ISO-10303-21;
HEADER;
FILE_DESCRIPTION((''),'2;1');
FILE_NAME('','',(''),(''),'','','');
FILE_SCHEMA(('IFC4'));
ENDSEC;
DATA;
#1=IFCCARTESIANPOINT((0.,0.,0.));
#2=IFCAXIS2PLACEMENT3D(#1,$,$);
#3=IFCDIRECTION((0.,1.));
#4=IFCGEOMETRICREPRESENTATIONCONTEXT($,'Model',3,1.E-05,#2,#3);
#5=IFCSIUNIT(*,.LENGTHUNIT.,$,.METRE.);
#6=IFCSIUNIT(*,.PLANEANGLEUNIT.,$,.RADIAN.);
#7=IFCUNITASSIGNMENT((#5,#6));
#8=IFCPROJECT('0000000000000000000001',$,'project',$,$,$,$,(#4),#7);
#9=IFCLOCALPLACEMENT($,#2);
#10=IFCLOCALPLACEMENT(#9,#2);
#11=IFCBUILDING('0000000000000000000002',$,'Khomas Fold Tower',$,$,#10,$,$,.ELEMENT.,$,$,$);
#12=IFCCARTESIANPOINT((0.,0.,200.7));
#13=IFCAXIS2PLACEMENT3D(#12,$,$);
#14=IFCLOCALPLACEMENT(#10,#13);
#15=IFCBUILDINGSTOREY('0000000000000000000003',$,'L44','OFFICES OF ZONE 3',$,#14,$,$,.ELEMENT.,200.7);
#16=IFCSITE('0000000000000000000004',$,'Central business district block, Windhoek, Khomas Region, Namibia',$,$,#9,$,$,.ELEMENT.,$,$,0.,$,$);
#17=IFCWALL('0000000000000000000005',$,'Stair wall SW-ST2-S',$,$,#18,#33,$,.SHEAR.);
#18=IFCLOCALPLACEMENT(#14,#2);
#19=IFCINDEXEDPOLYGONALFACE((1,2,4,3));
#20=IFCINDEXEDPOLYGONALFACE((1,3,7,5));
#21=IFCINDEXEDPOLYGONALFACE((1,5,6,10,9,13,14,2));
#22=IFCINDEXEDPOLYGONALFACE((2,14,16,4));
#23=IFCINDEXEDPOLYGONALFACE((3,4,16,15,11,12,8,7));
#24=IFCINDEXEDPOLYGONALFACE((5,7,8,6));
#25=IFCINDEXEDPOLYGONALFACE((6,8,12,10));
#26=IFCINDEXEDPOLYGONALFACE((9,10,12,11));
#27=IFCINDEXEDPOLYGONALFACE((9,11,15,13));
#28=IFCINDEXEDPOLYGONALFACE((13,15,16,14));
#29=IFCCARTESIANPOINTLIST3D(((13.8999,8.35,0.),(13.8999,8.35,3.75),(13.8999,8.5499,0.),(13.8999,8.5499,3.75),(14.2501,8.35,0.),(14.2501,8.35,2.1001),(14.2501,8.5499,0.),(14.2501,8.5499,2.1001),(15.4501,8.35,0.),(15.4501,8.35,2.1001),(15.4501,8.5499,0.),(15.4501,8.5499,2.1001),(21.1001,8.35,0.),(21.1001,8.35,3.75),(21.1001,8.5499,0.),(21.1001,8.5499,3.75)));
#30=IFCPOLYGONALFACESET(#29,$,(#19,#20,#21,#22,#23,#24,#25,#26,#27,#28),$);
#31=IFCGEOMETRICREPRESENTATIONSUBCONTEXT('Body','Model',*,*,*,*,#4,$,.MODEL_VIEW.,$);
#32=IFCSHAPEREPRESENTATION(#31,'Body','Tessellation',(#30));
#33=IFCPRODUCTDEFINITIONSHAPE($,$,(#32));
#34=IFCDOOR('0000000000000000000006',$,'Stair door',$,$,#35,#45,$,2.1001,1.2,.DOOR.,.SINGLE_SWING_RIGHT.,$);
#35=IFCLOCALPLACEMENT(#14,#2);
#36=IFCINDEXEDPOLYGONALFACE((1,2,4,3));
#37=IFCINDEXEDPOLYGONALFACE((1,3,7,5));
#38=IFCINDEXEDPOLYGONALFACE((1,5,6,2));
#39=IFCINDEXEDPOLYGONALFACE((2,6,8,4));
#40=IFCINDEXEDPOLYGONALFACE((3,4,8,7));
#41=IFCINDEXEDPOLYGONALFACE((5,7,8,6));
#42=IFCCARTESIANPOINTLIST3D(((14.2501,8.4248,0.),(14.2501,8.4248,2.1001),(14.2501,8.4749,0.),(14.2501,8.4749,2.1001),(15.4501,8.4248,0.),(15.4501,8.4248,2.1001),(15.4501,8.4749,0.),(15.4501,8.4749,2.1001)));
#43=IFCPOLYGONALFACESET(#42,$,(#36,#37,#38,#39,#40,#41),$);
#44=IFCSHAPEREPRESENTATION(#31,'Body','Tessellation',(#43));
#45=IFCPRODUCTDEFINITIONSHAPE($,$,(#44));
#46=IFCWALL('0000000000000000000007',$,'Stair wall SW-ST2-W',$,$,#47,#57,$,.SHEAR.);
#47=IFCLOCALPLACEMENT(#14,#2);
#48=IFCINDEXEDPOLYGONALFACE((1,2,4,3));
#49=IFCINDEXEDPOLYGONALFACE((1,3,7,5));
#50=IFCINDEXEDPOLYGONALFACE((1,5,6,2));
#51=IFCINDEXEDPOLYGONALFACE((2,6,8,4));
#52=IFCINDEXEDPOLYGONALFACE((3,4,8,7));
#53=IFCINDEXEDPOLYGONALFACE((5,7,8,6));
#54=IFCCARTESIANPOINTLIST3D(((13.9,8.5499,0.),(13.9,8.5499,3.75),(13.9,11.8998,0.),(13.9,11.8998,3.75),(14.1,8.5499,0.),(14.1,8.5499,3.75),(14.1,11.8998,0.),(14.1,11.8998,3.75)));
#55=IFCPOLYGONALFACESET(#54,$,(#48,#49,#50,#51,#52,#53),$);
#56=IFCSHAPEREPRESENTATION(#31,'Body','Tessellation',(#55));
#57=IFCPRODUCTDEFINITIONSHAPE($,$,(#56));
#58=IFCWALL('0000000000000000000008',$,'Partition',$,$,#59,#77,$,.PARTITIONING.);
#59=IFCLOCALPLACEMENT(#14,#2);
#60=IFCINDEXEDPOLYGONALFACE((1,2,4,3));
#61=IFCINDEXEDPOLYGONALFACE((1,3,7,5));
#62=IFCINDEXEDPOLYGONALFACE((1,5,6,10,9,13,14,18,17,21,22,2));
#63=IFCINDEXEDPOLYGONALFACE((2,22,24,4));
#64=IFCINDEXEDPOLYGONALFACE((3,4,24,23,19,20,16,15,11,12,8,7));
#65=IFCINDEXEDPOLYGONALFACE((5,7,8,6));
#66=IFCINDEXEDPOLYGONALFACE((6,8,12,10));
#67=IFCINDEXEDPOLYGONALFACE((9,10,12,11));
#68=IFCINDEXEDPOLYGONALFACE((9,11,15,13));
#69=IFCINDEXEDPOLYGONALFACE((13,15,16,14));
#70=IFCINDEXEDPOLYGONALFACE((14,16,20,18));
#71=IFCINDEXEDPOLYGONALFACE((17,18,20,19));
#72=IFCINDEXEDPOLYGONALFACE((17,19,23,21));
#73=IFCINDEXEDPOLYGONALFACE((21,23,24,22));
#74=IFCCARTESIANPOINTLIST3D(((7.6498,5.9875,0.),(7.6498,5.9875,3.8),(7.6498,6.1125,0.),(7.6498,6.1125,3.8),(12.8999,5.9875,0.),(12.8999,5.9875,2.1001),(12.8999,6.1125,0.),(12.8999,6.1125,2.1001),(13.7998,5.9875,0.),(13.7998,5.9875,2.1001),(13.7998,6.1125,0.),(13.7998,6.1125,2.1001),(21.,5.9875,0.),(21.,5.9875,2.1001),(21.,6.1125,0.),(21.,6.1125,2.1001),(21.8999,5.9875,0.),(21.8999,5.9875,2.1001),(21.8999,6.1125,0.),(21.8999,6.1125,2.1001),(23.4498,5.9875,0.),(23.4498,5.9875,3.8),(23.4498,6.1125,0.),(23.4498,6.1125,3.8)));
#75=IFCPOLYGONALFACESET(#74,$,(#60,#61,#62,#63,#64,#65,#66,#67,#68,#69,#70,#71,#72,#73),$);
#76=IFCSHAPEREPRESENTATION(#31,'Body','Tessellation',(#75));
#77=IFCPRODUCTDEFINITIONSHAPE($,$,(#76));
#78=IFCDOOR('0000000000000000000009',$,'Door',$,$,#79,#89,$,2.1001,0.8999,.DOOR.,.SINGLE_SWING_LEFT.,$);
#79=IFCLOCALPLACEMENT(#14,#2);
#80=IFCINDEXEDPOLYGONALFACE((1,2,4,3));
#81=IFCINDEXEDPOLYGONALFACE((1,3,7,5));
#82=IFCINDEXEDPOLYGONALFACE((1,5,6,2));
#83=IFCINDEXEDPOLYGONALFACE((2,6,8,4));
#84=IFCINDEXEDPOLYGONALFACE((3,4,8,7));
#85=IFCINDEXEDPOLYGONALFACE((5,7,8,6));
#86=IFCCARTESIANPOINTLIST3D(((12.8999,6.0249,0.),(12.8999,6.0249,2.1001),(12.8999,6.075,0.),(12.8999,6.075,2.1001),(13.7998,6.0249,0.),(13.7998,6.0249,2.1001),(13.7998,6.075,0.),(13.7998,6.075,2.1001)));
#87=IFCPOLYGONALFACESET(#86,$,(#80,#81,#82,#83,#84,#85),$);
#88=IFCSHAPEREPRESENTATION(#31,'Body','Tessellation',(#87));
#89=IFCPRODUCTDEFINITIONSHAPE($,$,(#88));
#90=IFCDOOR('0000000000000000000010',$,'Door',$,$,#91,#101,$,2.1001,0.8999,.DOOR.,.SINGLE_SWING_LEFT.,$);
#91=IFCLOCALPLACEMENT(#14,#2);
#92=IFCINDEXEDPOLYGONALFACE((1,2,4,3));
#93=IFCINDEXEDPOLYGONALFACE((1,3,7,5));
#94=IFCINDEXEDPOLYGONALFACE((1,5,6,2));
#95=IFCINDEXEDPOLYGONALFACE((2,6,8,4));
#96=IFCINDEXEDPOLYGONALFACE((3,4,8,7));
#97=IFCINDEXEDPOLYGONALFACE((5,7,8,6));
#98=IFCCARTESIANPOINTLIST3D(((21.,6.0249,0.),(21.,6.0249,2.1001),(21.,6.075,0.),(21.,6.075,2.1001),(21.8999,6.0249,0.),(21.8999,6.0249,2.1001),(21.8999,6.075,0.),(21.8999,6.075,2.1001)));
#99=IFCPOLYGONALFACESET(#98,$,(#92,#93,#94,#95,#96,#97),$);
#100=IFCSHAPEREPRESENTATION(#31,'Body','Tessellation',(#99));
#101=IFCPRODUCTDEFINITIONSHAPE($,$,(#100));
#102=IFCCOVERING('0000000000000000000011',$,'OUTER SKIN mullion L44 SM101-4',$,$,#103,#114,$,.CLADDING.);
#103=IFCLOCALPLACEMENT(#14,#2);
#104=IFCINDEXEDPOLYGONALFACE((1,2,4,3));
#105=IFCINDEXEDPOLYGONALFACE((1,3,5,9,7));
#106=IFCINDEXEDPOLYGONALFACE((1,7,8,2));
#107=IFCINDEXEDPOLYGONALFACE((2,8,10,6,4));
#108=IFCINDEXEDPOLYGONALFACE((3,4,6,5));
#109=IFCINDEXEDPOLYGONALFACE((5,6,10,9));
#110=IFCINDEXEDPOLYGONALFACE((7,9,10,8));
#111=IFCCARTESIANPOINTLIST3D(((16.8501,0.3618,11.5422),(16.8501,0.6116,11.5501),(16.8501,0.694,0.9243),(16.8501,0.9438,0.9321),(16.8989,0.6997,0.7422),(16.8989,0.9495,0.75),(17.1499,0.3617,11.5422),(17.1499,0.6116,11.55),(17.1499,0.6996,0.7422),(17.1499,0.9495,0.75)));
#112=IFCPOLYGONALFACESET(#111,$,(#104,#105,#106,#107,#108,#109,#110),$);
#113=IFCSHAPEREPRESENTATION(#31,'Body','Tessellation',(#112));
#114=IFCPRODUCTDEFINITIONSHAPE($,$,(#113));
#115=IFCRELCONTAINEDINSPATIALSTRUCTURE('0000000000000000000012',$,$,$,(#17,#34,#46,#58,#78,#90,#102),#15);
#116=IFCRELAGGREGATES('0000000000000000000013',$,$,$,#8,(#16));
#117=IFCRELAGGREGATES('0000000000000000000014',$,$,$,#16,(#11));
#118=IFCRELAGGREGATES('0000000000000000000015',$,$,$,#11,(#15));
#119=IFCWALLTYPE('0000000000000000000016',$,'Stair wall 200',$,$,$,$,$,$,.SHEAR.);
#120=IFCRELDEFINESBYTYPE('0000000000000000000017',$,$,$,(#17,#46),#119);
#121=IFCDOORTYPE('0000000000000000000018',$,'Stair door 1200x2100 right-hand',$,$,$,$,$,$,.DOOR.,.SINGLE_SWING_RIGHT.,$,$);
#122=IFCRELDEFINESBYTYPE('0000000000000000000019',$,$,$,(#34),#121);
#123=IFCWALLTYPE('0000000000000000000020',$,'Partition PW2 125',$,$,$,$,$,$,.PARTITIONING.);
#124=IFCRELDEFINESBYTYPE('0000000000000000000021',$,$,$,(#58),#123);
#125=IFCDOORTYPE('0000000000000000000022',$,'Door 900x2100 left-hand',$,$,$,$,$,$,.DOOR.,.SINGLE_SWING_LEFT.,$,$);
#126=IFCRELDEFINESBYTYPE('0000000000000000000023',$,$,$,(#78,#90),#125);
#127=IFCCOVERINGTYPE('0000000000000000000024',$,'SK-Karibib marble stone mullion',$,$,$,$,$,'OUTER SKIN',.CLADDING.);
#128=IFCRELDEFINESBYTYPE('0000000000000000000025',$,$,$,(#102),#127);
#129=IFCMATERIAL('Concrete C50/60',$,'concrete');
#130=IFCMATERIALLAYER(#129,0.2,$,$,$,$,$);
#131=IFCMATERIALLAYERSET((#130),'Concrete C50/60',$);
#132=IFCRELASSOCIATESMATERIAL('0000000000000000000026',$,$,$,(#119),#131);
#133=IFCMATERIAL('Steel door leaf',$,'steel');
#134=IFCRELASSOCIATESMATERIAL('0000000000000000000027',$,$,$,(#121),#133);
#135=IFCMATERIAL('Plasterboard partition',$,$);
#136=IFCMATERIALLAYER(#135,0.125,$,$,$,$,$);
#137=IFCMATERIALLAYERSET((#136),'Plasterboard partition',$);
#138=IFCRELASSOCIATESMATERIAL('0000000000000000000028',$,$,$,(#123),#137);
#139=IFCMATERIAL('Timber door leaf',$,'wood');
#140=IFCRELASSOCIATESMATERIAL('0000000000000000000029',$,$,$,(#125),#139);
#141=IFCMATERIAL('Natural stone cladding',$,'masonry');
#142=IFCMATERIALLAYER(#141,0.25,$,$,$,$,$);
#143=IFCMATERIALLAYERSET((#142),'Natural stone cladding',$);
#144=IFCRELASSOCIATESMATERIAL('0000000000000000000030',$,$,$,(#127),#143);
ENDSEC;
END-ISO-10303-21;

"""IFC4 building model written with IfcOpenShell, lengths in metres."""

from ifc_helpers import new_model, si_unit, direction, frame, frame_2d, origin, place, context, subcontext, project, spatial, polyline, rectangle, outline, extrude, source, transform, mapped, material, layer, layer_set, type_object, element, fill, save


model = new_model("IFC4")

# Units and contexts
model_context = context("Model", 3, precision=1e-05, world=origin(), true_north=direction((0.0, 1.0)))
body_context = subcontext(model_context, "Body", "Model", "MODEL_VIEW")
ifc_project = project(units=[si_unit("LENGTHUNIT", "METRE"), si_unit("PLANEANGLEUNIT", "RADIAN")], contexts=[model_context])

# Site, building, storey
site_placement = place(None, origin())
site = spatial("IfcSite", under=ifc_project, at=site_placement, Name="Central business district block, Windhoek, Khomas Region, Namibia", CompositionType="ELEMENT", RefElevation=0.0)
building_placement = place(site_placement, origin())
building = spatial("IfcBuilding", under=site, at=building_placement, Name="Khomas Fold Tower", CompositionType="ELEMENT")
storey_placement = place(building_placement, frame((0.0, 0.0, 200.7)))
storey = spatial("IfcBuildingStorey", under=building, at=storey_placement, Name="L44", Description="OFFICES OF ZONE 3", CompositionType="ELEMENT", Elevation=200.7)

# Wall, opening, door
ifc_material_1 = material(Name="Concrete C50/60", Category="concrete")
ifc_layer_1 = layer(ifc_material_1, 0.2)
ifc_layer_set_1 = layer_set([ifc_layer_1], Name="Concrete C50/60")
wall_type_1 = type_object("IfcWallType", Name="Stair wall 200", PredefinedType="SHEAR", material=ifc_layer_set_1)
shared_shape_1 = source(origin(), body_context, "Body", "SweptSolid", [
    extrude(rectangle(XDim=7.2002, YDim=0.2, at=frame_2d((3.6001, 0.0))), origin(), (0.0, 0.0, 1.0), 3.75),
])
wall_1_placement = place(storey_placement, frame((13.8999, 8.45, 0.0), z_axis=(0.0, 0.0, 1.0), x_axis=(1.0, 0.0, 0.0)))
wall_1 = element("IfcWall", 1, at=wall_1_placement, inside=storey, type_object=wall_type_1, Name="Stair wall SW-ST2-S", PredefinedType="SHEAR", context=body_context, shape_type="MappedRepresentation", body=[
    mapped(shared_shape_1, transform((0.0, 0.0, 0.0))),
])
shared_shape_2 = source(origin(), body_context, "Body", "SweptSolid", [
    extrude(rectangle(XDim=1.2, YDim=2.1001, at=frame_2d((0.6001, 1.05))), frame((0.0, 0.1099, 0.0), z_axis=(0.0, -1.0, 0.0), x_axis=(1.0, 0.0, 0.0)), (0.0, 0.0, 1.0), 0.22),
])
opening_1_placement = place(wall_1_placement, frame((0.3501, 0.0, 0.0)))
opening_1 = element("IfcOpeningElement", 2, at=opening_1_placement, cuts=wall_1, PredefinedType="OPENING", context=body_context, shape_type="MappedRepresentation", body=[
    mapped(shared_shape_2, transform((0.0, 0.0, 0.0))),
])
ifc_material_2 = material(Name="Steel door leaf", Category="steel")
door_type_1 = type_object("IfcDoorType", Name="Stair door 1200x2100 right-hand", OperationType="SINGLE_SWING_RIGHT", PredefinedType="DOOR", material=ifc_material_2)
shared_shape_3 = source(origin(), body_context, "Body", "SweptSolid", [
    extrude(rectangle(XDim=1.2, YDim=2.1001, at=frame_2d((0.6001, 1.05))), frame((0.0, 0.0249, 0.0), z_axis=(0.0, -1.0, 0.0), x_axis=(1.0, 0.0, 0.0)), (0.0, 0.0, 1.0), 0.05),
])
door_1_placement = place(opening_1_placement, origin())
door_1 = element("IfcDoor", 3, at=door_1_placement, inside=storey, type_object=door_type_1, Name="Stair door", OperationType="SINGLE_SWING_RIGHT", OverallHeight=2.1001, OverallWidth=1.2, PredefinedType="DOOR", context=body_context, shape_type="MappedRepresentation", body=[
    mapped(shared_shape_3, transform((0.0, 0.0, 0.0))),
])
fill(opening_1, door_1)

# Wall
shared_shape_4 = source(origin(), body_context, "Body", "SweptSolid", [
    extrude(rectangle(XDim=3.3499, YDim=0.2, at=frame_2d((1.6748, 0.0))), origin(), (0.0, 0.0, 1.0), 3.75),
])
wall_2_placement = place(storey_placement, frame((14.0, 8.55, 0.0), z_axis=(0.0, 0.0, 1.0), x_axis=(0.0, 1.0, 0.0)))
element("IfcWall", 4, at=wall_2_placement, inside=storey, type_object=wall_type_1, Name="Stair wall SW-ST2-W", PredefinedType="SHEAR", context=body_context, shape_type="MappedRepresentation", body=[
    mapped(shared_shape_4, transform((0.0, 0.0, 0.0))),
])

# Wall, openings, doors
ifc_material_3 = material(Name="Plasterboard partition")
ifc_layer_2 = layer(ifc_material_3, 0.125)
ifc_layer_set_2 = layer_set([ifc_layer_2], Name="Plasterboard partition")
wall_type_2 = type_object("IfcWallType", Name="Partition PW2 125", PredefinedType="PARTITIONING", material=ifc_layer_set_2)
shared_shape_5 = source(origin(), body_context, "Body", "SweptSolid", [
    extrude(rectangle(XDim=15.8, YDim=0.125, at=frame_2d((7.8999, 0.0))), origin(), (0.0, 0.0, 1.0), 3.8),
])
wall_3_placement = place(storey_placement, frame((7.6499, 6.05, 0.0), z_axis=(0.0, 0.0, 1.0), x_axis=(1.0, 0.0, 0.0)))
wall_3 = element("IfcWall", 5, at=wall_3_placement, inside=storey, type_object=wall_type_2, Name="Partition", PredefinedType="PARTITIONING", context=body_context, shape_type="MappedRepresentation", body=[
    mapped(shared_shape_5, transform((0.0, 0.0, 0.0))),
])
shared_shape_6 = source(origin(), body_context, "Body", "SweptSolid", [
    extrude(rectangle(XDim=0.8999, YDim=2.1001, at=frame_2d((0.45, 1.05))), frame((0.0, 0.0725, 0.0), z_axis=(0.0, -1.0, 0.0), x_axis=(1.0, 0.0, 0.0)), (0.0, 0.0, 1.0), 0.145),
])
opening_2_placement = place(wall_3_placement, frame((5.25, 0.0, 0.0)))
opening_2 = element("IfcOpeningElement", 6, at=opening_2_placement, cuts=wall_3, PredefinedType="OPENING", context=body_context, shape_type="MappedRepresentation", body=[
    mapped(shared_shape_6, transform((0.0, 0.0, 0.0))),
])
opening_3_placement = place(wall_3_placement, frame((13.3501, 0.0, 0.0)))
opening_3 = element("IfcOpeningElement", 7, at=opening_3_placement, cuts=wall_3, PredefinedType="OPENING", context=body_context, shape_type="MappedRepresentation", body=[
    mapped(shared_shape_6, transform((0.0, 0.0, 0.0))),
])
ifc_material_4 = material(Name="Timber door leaf", Category="wood")
door_type_2 = type_object("IfcDoorType", Name="Door 900x2100 left-hand", OperationType="SINGLE_SWING_LEFT", PredefinedType="DOOR", material=ifc_material_4)
shared_shape_7 = source(origin(), body_context, "Body", "SweptSolid", [
    extrude(rectangle(XDim=0.8999, YDim=2.1001, at=frame_2d((0.45, 1.05))), frame((0.0, 0.0249, 0.0), z_axis=(0.0, -1.0, 0.0), x_axis=(1.0, 0.0, 0.0)), (0.0, 0.0, 1.0), 0.05),
])
door_2_placement = place(opening_2_placement, origin())
door_2 = element("IfcDoor", 8, at=door_2_placement, inside=storey, type_object=door_type_2, Name="Door", OperationType="SINGLE_SWING_LEFT", OverallHeight=2.1001, OverallWidth=0.8999, PredefinedType="DOOR", context=body_context, shape_type="MappedRepresentation", body=[
    mapped(shared_shape_7, transform((0.0, 0.0, 0.0))),
])
fill(opening_2, door_2)
door_3_placement = place(opening_3_placement, origin())
door_3 = element("IfcDoor", 9, at=door_3_placement, inside=storey, type_object=door_type_2, Name="Door", OperationType="SINGLE_SWING_LEFT", OverallHeight=2.1001, OverallWidth=0.8999, PredefinedType="DOOR", context=body_context, shape_type="MappedRepresentation", body=[
    mapped(shared_shape_7, transform((0.0, 0.0, 0.0))),
])
fill(opening_3, door_3)

# Covering
ifc_material_5 = material(Name="Natural stone cladding", Category="masonry")
ifc_layer_3 = layer(ifc_material_5, 0.25)
ifc_layer_set_3 = layer_set([ifc_layer_3], Name="Natural stone cladding")
covering_type = type_object("IfcCoveringType", Name="SK-Karibib marble stone mullion", ElementType="OUTER SKIN", PredefinedType="CLADDING", material=ifc_layer_set_3)
covering_placement = place(storey_placement, frame((16.8501, 0.9438, 0.9321), z_axis=(0.000138, 0.999511, 0.031271), x_axis=(0.0, -0.031271, 0.999511)))
element("IfcCovering", 10, at=covering_placement, inside=storey, type_object=covering_type, Name="OUTER SKIN mullion L44 SM101-4", PredefinedType="CLADDING", context=body_context, shape_type="SweptSolid", body=[
    extrude(outline(polyline([(0.0, 0.0), (10.6231, 0.0), (10.6231, 0.2998), (-0.1822, 0.2998), (-0.1822, 0.0488), (0.0, 0.0)])), origin(), (0.0, 0.0, -1.0), 0.25),
])

save(model, "model.ifc")
